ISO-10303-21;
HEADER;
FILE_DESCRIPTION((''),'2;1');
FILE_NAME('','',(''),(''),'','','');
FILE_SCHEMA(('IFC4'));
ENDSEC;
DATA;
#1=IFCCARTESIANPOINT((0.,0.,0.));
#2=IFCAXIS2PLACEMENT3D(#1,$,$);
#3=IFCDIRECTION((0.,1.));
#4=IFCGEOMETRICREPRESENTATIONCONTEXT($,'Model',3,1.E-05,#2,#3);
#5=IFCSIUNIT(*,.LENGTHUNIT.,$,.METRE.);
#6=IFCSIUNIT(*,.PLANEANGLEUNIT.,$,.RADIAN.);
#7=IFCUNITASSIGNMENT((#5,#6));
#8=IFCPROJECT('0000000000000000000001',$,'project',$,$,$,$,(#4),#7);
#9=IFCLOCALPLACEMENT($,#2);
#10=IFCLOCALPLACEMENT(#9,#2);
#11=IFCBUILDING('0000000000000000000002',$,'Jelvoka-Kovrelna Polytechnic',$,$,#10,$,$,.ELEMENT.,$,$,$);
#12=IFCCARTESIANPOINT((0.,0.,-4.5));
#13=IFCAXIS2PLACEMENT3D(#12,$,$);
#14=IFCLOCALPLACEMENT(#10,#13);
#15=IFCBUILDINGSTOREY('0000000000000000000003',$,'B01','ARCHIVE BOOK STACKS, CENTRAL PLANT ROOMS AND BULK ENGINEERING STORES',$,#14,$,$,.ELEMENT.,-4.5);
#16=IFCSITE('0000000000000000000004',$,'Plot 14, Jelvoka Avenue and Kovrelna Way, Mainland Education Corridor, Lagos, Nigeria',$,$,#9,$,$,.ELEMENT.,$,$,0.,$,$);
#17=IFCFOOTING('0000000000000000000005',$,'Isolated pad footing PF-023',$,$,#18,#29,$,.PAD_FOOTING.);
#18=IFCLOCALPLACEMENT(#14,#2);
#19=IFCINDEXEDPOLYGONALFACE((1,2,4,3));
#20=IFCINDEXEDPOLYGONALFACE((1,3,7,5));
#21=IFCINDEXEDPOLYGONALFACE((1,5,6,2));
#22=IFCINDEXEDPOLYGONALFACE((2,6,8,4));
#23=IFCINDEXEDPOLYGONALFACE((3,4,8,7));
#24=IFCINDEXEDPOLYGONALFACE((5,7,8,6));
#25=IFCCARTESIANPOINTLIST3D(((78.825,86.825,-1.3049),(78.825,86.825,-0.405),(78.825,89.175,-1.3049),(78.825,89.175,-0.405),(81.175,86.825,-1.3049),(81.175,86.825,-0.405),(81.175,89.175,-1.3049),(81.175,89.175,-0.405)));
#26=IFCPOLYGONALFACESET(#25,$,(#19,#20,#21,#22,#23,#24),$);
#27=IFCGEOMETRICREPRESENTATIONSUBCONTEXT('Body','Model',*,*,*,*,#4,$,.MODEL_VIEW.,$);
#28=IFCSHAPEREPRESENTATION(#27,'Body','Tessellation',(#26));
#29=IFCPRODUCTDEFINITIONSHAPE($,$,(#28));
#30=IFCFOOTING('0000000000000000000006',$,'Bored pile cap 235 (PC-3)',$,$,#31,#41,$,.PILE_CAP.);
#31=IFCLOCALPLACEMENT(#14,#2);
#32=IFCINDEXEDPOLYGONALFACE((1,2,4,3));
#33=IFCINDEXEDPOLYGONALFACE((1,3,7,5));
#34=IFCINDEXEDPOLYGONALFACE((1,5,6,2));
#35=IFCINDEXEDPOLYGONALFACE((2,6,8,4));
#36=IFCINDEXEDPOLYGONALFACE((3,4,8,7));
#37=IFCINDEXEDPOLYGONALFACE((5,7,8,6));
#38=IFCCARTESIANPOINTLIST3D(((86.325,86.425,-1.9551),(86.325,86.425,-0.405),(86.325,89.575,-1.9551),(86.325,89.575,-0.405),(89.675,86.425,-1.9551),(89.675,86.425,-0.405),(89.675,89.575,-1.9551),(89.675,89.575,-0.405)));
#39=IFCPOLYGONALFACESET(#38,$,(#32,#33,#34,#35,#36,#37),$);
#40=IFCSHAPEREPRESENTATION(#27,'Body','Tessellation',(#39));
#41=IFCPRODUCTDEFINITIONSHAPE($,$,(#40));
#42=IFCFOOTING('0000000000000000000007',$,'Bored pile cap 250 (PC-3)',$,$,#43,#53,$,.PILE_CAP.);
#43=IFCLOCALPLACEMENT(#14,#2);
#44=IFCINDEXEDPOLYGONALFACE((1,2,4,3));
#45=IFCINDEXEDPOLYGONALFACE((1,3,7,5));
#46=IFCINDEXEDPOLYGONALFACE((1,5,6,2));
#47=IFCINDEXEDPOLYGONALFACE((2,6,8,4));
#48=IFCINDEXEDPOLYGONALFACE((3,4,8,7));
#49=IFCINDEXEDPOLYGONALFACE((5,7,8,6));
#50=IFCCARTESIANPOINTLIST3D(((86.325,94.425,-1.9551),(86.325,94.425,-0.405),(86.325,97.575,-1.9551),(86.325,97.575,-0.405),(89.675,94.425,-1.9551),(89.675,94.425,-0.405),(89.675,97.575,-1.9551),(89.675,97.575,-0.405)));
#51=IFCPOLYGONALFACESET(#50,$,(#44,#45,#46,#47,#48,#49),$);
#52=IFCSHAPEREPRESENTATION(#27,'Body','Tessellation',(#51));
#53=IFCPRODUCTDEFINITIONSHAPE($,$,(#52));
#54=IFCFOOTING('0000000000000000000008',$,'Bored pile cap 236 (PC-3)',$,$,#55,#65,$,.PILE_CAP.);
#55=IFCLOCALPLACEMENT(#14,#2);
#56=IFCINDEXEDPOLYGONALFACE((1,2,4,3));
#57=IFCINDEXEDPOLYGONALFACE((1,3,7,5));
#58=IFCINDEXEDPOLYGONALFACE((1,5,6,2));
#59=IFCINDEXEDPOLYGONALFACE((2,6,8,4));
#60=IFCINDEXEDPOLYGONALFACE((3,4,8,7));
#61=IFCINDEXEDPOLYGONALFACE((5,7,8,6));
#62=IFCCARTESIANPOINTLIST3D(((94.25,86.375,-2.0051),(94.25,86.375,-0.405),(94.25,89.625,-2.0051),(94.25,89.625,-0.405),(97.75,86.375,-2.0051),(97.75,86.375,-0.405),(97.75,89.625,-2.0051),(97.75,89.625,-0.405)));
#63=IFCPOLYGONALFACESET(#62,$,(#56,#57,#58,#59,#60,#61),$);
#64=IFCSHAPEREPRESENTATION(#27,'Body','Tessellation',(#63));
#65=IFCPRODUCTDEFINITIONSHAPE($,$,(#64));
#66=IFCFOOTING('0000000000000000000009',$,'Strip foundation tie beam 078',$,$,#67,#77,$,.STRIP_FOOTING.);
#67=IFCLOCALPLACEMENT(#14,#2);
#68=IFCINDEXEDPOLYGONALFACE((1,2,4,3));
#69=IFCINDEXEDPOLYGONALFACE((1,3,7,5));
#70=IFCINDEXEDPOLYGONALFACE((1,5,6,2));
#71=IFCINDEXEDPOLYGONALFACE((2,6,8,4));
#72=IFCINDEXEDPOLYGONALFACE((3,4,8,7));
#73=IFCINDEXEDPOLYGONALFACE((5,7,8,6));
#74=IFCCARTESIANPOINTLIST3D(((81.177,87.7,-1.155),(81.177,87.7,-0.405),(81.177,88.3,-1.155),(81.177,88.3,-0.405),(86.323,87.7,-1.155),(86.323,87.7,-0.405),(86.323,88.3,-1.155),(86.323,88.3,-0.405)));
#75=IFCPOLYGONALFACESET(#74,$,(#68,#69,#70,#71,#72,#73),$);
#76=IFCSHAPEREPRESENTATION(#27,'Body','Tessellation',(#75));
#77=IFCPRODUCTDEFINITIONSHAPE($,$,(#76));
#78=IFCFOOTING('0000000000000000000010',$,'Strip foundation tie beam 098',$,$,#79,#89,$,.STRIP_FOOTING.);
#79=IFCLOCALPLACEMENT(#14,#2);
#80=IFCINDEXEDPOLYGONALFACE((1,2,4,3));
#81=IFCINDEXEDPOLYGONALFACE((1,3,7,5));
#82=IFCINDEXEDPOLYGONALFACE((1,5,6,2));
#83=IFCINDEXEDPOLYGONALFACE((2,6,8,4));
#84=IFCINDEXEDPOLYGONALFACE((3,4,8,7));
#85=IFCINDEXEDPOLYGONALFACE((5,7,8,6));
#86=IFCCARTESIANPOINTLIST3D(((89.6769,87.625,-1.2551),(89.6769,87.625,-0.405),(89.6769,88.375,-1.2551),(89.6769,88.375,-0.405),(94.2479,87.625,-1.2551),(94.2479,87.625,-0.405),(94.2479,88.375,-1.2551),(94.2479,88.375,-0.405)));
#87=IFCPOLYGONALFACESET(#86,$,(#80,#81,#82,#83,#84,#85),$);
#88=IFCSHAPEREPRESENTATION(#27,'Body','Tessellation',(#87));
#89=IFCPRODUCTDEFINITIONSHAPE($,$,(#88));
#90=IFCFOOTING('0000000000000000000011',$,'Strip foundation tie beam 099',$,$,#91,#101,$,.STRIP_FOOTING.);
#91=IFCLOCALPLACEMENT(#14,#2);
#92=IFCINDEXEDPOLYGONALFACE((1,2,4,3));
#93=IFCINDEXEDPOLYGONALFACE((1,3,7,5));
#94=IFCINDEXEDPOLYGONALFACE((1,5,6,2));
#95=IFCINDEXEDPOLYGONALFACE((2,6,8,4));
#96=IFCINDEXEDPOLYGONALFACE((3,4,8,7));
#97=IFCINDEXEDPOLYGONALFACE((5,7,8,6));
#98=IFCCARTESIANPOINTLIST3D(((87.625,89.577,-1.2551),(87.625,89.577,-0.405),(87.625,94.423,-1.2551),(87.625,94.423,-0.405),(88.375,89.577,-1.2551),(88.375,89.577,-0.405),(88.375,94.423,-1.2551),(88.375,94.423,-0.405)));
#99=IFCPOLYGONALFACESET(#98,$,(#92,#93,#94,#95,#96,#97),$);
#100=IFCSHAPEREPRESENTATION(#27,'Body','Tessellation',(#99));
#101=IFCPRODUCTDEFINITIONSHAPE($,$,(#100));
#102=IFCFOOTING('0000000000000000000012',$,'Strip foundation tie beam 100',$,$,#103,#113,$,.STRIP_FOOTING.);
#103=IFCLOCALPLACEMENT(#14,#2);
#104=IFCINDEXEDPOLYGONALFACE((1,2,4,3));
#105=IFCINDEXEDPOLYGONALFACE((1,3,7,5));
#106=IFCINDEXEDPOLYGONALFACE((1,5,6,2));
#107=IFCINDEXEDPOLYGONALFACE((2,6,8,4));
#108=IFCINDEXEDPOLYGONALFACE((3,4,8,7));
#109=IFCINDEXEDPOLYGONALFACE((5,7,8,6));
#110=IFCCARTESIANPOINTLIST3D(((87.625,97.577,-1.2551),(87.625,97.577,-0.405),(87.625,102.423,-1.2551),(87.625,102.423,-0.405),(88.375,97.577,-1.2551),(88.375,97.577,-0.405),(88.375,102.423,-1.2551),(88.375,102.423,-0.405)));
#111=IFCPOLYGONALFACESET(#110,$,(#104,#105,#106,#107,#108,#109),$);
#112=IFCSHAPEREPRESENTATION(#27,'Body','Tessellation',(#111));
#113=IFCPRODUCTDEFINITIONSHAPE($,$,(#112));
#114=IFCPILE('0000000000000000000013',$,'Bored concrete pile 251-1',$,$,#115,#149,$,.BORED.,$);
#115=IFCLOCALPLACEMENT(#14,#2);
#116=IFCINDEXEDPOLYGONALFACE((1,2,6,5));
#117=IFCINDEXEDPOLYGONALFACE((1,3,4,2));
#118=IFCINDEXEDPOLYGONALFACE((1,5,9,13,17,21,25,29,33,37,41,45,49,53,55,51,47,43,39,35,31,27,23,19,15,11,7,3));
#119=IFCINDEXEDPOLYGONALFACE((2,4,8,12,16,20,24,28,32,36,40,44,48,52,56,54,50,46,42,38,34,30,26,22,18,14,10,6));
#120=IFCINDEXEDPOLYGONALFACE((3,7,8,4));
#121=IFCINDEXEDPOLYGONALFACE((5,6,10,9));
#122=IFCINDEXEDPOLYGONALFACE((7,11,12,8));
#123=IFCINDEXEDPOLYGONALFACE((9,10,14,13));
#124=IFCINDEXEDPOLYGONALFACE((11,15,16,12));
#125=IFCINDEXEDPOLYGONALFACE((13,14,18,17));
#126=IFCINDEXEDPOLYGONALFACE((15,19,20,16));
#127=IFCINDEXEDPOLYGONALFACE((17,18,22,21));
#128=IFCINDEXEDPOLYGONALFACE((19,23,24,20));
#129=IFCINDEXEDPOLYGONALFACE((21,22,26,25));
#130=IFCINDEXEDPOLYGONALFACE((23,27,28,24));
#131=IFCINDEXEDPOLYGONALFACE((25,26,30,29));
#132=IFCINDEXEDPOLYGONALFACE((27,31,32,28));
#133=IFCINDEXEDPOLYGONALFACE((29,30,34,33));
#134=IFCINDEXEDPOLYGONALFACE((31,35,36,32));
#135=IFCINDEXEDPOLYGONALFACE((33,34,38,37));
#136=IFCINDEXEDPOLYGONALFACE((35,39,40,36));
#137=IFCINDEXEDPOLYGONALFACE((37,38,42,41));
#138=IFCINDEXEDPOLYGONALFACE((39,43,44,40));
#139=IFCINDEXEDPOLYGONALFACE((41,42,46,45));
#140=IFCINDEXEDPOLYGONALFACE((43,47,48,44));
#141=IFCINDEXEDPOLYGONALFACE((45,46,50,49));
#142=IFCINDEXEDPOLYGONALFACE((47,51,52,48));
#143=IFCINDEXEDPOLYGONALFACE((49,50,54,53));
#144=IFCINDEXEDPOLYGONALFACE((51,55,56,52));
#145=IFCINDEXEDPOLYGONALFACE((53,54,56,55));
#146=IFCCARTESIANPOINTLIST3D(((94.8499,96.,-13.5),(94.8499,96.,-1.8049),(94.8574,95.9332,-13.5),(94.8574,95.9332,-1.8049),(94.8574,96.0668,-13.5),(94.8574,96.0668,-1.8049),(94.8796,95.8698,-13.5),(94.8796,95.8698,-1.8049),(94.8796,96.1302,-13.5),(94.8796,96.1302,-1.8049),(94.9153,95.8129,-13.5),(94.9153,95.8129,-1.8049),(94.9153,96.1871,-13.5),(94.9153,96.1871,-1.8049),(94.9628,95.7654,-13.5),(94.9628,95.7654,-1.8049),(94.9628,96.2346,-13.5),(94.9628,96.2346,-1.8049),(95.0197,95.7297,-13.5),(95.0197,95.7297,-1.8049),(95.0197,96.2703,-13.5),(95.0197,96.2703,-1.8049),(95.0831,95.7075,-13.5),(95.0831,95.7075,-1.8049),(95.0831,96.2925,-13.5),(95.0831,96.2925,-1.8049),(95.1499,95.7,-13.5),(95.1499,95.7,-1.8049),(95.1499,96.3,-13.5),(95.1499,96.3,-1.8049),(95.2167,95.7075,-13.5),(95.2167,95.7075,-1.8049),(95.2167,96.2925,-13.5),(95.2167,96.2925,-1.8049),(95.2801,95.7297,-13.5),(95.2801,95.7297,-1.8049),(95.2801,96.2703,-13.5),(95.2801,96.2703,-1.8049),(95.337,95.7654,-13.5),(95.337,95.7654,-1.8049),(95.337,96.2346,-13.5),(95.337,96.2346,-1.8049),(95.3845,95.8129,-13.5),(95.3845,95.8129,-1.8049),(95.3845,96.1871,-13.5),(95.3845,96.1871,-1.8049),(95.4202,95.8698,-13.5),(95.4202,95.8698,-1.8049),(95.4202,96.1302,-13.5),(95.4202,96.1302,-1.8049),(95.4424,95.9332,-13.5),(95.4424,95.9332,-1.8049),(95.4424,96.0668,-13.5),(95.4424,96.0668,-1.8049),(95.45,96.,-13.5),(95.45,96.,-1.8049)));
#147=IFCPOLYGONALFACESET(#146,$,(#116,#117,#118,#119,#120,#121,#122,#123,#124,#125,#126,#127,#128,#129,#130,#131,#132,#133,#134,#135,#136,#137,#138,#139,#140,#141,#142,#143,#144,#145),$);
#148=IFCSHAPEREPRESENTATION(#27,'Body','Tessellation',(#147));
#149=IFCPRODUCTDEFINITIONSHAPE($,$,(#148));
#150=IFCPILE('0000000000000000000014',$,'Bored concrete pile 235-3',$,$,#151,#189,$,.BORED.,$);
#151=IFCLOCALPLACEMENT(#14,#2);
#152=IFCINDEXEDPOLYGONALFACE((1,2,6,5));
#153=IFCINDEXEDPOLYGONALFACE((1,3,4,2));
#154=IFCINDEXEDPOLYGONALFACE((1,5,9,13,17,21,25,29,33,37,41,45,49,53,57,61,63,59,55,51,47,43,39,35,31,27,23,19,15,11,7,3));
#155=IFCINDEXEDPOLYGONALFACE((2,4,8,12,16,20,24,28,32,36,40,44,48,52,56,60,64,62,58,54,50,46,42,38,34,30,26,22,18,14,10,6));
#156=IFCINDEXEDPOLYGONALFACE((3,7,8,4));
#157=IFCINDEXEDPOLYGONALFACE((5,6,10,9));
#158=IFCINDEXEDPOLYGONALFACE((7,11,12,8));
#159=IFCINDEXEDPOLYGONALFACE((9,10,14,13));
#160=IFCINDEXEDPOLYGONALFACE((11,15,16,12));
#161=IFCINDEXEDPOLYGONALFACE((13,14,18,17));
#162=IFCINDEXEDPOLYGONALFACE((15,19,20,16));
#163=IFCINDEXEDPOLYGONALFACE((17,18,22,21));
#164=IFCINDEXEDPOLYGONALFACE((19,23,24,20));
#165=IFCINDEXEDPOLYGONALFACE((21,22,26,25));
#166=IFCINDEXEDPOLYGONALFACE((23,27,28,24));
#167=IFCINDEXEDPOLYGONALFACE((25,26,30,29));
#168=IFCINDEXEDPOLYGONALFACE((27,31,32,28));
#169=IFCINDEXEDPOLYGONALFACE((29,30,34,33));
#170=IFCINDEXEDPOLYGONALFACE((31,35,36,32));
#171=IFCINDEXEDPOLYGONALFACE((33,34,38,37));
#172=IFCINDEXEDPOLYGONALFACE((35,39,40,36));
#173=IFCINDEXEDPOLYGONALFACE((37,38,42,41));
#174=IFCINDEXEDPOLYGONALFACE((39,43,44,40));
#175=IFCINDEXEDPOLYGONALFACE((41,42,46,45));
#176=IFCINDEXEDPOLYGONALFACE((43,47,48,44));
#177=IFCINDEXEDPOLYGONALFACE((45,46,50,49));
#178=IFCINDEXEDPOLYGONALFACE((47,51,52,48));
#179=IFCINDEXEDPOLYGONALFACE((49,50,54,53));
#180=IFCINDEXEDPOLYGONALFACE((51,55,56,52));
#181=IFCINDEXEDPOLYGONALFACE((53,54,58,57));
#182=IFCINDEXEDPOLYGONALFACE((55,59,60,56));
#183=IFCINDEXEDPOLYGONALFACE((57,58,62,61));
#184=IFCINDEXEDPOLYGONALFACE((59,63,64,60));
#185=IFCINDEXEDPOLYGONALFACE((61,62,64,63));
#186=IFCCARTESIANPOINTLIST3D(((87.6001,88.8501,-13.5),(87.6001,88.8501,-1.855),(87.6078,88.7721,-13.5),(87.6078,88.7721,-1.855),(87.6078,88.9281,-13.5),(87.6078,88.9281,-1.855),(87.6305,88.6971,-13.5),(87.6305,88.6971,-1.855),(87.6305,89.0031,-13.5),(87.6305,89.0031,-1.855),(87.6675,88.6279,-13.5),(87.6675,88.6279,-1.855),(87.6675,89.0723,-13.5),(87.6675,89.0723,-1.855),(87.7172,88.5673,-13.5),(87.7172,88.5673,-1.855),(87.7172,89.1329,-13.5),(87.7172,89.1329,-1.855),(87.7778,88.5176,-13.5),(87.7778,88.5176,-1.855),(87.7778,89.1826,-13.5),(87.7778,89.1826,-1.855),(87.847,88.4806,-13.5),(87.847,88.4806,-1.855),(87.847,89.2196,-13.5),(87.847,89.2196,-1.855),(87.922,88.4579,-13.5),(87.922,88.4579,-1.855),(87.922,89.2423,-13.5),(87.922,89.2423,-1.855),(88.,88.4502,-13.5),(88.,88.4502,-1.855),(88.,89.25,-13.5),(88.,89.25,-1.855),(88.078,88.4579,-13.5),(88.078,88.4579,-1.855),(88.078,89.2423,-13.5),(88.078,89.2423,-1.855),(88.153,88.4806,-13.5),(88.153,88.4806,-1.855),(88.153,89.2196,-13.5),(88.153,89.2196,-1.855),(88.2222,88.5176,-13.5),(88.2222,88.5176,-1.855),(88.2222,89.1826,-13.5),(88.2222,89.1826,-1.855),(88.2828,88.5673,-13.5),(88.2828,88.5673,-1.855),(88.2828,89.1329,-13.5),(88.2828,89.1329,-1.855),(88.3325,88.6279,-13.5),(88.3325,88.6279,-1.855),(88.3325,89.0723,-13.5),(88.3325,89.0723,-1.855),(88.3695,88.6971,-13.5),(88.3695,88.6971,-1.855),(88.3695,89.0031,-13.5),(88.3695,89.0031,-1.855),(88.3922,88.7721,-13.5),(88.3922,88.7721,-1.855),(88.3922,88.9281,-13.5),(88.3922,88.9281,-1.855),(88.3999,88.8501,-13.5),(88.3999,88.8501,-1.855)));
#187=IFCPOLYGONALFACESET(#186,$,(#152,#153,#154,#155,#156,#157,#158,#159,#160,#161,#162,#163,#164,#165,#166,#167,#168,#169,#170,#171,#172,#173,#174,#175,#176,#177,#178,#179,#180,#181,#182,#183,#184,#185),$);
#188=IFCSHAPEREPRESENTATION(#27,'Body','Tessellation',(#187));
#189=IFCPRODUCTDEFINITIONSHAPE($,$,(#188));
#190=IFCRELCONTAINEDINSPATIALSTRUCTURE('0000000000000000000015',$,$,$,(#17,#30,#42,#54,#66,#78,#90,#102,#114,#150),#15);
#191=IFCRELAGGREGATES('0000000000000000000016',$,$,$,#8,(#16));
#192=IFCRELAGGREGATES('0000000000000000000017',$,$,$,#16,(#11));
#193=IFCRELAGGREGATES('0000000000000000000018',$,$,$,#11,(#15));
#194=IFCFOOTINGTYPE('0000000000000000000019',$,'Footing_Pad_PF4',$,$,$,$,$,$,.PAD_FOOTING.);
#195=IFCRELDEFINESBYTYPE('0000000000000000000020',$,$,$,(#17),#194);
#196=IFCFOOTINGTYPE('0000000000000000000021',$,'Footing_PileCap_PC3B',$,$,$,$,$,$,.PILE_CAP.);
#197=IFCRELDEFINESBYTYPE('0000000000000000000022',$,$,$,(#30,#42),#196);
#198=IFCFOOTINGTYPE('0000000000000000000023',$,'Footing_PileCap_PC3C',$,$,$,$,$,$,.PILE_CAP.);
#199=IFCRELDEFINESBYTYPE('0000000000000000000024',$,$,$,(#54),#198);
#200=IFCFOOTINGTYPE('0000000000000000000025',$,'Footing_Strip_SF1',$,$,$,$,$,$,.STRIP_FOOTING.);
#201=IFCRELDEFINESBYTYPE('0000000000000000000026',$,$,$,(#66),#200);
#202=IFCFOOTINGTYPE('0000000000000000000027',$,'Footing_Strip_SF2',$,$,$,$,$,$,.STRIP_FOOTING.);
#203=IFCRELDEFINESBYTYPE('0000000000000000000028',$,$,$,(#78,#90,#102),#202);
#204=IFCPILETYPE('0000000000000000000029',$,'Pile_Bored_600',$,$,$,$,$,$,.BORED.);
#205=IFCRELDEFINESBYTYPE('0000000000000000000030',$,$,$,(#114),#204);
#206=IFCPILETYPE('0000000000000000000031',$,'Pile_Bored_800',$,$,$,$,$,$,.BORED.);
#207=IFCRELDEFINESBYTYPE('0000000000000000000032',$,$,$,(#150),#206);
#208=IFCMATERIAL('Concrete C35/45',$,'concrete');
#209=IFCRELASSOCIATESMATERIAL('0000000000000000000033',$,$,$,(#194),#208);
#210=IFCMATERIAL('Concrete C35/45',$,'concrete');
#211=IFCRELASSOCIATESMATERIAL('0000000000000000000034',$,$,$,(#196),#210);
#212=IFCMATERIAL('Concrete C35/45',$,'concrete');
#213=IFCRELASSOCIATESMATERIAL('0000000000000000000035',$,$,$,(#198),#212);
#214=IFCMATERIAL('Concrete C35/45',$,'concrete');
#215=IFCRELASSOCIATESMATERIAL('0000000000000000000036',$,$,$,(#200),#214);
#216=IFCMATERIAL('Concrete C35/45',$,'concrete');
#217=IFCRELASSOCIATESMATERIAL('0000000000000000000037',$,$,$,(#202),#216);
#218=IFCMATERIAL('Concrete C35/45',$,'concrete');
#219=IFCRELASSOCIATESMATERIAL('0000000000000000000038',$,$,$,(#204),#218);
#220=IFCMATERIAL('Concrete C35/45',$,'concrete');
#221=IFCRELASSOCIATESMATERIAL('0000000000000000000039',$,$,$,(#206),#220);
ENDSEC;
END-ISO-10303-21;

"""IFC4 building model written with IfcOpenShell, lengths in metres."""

from ifc_helpers import new_model, si_unit, direction, frame, origin, origin_2d, place, context, subcontext, project, spatial, rectangle, circle, extrude, material, material_profile, profile_set, type_object, element, save


model = new_model("IFC4")

# Units and contexts
model_context = context("Model", 3, precision=1e-05, world=origin(), true_north=direction((0.0, 1.0)))
body_context = subcontext(model_context, "Body", "Model", "MODEL_VIEW")
ifc_project = project(units=[si_unit("LENGTHUNIT", "METRE"), si_unit("PLANEANGLEUNIT", "RADIAN")], contexts=[model_context])

# Site, building, storey
site_placement = place(None, origin())
site = spatial("IfcSite", under=ifc_project, at=site_placement, Name="Plot 14, Jelvoka Avenue and Kovrelna Way, Mainland Education Corridor, Lagos, Nigeria", CompositionType="ELEMENT", RefElevation=0.0)
building_placement = place(site_placement, origin())
building = spatial("IfcBuilding", under=site, at=building_placement, Name="Jelvoka-Kovrelna Polytechnic", CompositionType="ELEMENT")
storey_placement = place(building_placement, frame((0.0, 0.0, -4.5)))
storey = spatial("IfcBuildingStorey", under=building, at=storey_placement, Name="B01", Description="ARCHIVE BOOK STACKS, CENTRAL PLANT ROOMS AND BULK ENGINEERING STORES", CompositionType="ELEMENT", Elevation=-4.5)

# Footings
ifc_material_1 = material(Name="Concrete C35/45", Category="concrete")
footing_type_1 = type_object("IfcFootingType", Name="Footing_Pad_PF4", PredefinedType="PAD_FOOTING", material=ifc_material_1)
footing_1_placement = place(storey_placement, frame((80.0, 88.0, -1.3049), z_axis=(0.0, 0.0, 1.0), x_axis=(1.0, 0.0, 0.0)))
element("IfcFooting", 1, at=footing_1_placement, inside=storey, type_object=footing_type_1, Name="Isolated pad footing PF-023", PredefinedType="PAD_FOOTING", context=body_context, shape_type="SweptSolid", body=[
    extrude(rectangle(XDim=2.3501, YDim=2.3501, at=origin_2d()), origin(), (0.0, 0.0, 1.0), 0.8999),
])
ifc_material_2 = material(Name="Concrete C35/45", Category="concrete")
footing_type_2 = type_object("IfcFootingType", Name="Footing_PileCap_PC3B", PredefinedType="PILE_CAP", material=ifc_material_2)
for number, where, z_axis, x_axis, name in (
    (2, (88.0, 88.0, -1.9551), (0.0, 0.0, 1.0), (1.0, 0.0, 0.0), "Bored pile cap 235 (PC-3)"),
    (3, (88.0, 96.0, -1.9551), (0.0, 0.0, 1.0), (1.0, 0.0, 0.0), "Bored pile cap 250 (PC-3)"),
):
    element("IfcFooting", number, at=place(storey_placement, frame(where, z_axis=z_axis, x_axis=x_axis)), inside=storey, type_object=footing_type_2, Name=name, PredefinedType="PILE_CAP", context=body_context, shape_type="SweptSolid", body=[
        extrude(rectangle(XDim=3.3501, YDim=3.1499, at=origin_2d()), origin(), (0.0, 0.0, 1.0), 1.55),
    ])
ifc_material_3 = material(Name="Concrete C35/45", Category="concrete")
footing_type_3 = type_object("IfcFootingType", Name="Footing_PileCap_PC3C", PredefinedType="PILE_CAP", material=ifc_material_3)
footing_2_placement = place(storey_placement, frame((96.0, 88.0, -2.0051), z_axis=(0.0, 0.0, 1.0), x_axis=(1.0, 0.0, 0.0)))
element("IfcFooting", 4, at=footing_2_placement, inside=storey, type_object=footing_type_3, Name="Bored pile cap 236 (PC-3)", PredefinedType="PILE_CAP", context=body_context, shape_type="SweptSolid", body=[
    extrude(rectangle(XDim=3.5, YDim=3.25, at=origin_2d()), origin(), (0.0, 0.0, 1.0), 1.6001),
])
ifc_material_4 = material(Name="Concrete C35/45", Category="concrete")
footing_type_4 = type_object("IfcFootingType", Name="Footing_Strip_SF1", PredefinedType="STRIP_FOOTING", material=ifc_material_4)
footing_3_placement = place(storey_placement, frame((83.75, 88.0, -1.155), z_axis=(0.0, 0.0, 1.0), x_axis=(1.0, 0.0, 0.0)))
element("IfcFooting", 5, at=footing_3_placement, inside=storey, type_object=footing_type_4, Name="Strip foundation tie beam 078", PredefinedType="STRIP_FOOTING", context=body_context, shape_type="SweptSolid", body=[
    extrude(rectangle(XDim=5.146, YDim=0.6001, at=origin_2d()), origin(), (0.0, 0.0, 1.0), 0.75),
])
ifc_material_5 = material(Name="Concrete C35/45", Category="concrete")
footing_type_5 = type_object("IfcFootingType", Name="Footing_Strip_SF2", PredefinedType="STRIP_FOOTING", material=ifc_material_5)
footing_4_placement = place(storey_placement, frame((91.9624, 88.0, -1.2551), z_axis=(0.0, 0.0, 1.0), x_axis=(1.0, 0.0, 0.0)))
element("IfcFooting", 6, at=footing_4_placement, inside=storey, type_object=footing_type_5, Name="Strip foundation tie beam 098", PredefinedType="STRIP_FOOTING", context=body_context, shape_type="SweptSolid", body=[
    extrude(rectangle(XDim=4.571, YDim=0.75, at=origin_2d()), origin(), (0.0, 0.0, 1.0), 0.8501),
])
for number, where, z_axis, x_axis, name in (
    (7, (88.0, 92.0, -1.2551), (0.0, 0.0, 1.0), (0.0, 1.0, 0.0), "Strip foundation tie beam 099"),
    (8, (88.0, 100.0, -1.2551), (0.0, 0.0, 1.0), (0.0, 1.0, 0.0), "Strip foundation tie beam 100"),
):
    element("IfcFooting", number, at=place(storey_placement, frame(where, z_axis=z_axis, x_axis=x_axis)), inside=storey, type_object=footing_type_5, Name=name, PredefinedType="STRIP_FOOTING", context=body_context, shape_type="SweptSolid", body=[
        extrude(rectangle(XDim=4.8459, YDim=0.75, at=origin_2d()), origin(), (0.0, 0.0, 1.0), 0.8501),
    ])

# Piles
ifc_material_6 = material(Name="Concrete C35/45", Category="concrete")
ifc_material_profile_1 = material_profile(ifc_material_6, circle(Radius=0.3, at=origin_2d()), Name="PILE D600")
ifc_profile_set_1 = profile_set([ifc_material_profile_1], Name="Concrete C35/45")
pile_type_1 = type_object("IfcPileType", Name="Pile_Bored_600", PredefinedType="BORED", material=ifc_profile_set_1)
pile_1_placement = place(storey_placement, frame((95.1499, 96.0, -1.8049), z_axis=(0.0, 0.0, -1.0), x_axis=(1.0, 0.0, 0.0)))
element("IfcPile", 9, at=pile_1_placement, inside=storey, type_object=pile_type_1, Name="Bored concrete pile 251-1", PredefinedType="BORED", context=body_context, shape_type="SweptSolid", body=[
    extrude(circle(Radius=0.3, at=origin_2d()), origin(), (0.0, 0.0, 1.0), 11.6951),
])
ifc_material_7 = material(Name="Concrete C35/45", Category="concrete")
ifc_material_profile_2 = material_profile(ifc_material_7, circle(Radius=0.3999, at=origin_2d()), Name="PILE D800")
ifc_profile_set_2 = profile_set([ifc_material_profile_2], Name="Concrete C35/45")
pile_type_2 = type_object("IfcPileType", Name="Pile_Bored_800", PredefinedType="BORED", material=ifc_profile_set_2)
pile_2_placement = place(storey_placement, frame((88.0, 88.8501, -1.855), z_axis=(0.0, 0.0, -1.0), x_axis=(1.0, 0.0, 0.0)))
element("IfcPile", 10, at=pile_2_placement, inside=storey, type_object=pile_type_2, Name="Bored concrete pile 235-3", PredefinedType="BORED", context=body_context, shape_type="SweptSolid", body=[
    extrude(circle(Radius=0.3999, at=origin_2d()), origin(), (0.0, 0.0, 1.0), 11.645),
])

save(model, "model.ifc")
